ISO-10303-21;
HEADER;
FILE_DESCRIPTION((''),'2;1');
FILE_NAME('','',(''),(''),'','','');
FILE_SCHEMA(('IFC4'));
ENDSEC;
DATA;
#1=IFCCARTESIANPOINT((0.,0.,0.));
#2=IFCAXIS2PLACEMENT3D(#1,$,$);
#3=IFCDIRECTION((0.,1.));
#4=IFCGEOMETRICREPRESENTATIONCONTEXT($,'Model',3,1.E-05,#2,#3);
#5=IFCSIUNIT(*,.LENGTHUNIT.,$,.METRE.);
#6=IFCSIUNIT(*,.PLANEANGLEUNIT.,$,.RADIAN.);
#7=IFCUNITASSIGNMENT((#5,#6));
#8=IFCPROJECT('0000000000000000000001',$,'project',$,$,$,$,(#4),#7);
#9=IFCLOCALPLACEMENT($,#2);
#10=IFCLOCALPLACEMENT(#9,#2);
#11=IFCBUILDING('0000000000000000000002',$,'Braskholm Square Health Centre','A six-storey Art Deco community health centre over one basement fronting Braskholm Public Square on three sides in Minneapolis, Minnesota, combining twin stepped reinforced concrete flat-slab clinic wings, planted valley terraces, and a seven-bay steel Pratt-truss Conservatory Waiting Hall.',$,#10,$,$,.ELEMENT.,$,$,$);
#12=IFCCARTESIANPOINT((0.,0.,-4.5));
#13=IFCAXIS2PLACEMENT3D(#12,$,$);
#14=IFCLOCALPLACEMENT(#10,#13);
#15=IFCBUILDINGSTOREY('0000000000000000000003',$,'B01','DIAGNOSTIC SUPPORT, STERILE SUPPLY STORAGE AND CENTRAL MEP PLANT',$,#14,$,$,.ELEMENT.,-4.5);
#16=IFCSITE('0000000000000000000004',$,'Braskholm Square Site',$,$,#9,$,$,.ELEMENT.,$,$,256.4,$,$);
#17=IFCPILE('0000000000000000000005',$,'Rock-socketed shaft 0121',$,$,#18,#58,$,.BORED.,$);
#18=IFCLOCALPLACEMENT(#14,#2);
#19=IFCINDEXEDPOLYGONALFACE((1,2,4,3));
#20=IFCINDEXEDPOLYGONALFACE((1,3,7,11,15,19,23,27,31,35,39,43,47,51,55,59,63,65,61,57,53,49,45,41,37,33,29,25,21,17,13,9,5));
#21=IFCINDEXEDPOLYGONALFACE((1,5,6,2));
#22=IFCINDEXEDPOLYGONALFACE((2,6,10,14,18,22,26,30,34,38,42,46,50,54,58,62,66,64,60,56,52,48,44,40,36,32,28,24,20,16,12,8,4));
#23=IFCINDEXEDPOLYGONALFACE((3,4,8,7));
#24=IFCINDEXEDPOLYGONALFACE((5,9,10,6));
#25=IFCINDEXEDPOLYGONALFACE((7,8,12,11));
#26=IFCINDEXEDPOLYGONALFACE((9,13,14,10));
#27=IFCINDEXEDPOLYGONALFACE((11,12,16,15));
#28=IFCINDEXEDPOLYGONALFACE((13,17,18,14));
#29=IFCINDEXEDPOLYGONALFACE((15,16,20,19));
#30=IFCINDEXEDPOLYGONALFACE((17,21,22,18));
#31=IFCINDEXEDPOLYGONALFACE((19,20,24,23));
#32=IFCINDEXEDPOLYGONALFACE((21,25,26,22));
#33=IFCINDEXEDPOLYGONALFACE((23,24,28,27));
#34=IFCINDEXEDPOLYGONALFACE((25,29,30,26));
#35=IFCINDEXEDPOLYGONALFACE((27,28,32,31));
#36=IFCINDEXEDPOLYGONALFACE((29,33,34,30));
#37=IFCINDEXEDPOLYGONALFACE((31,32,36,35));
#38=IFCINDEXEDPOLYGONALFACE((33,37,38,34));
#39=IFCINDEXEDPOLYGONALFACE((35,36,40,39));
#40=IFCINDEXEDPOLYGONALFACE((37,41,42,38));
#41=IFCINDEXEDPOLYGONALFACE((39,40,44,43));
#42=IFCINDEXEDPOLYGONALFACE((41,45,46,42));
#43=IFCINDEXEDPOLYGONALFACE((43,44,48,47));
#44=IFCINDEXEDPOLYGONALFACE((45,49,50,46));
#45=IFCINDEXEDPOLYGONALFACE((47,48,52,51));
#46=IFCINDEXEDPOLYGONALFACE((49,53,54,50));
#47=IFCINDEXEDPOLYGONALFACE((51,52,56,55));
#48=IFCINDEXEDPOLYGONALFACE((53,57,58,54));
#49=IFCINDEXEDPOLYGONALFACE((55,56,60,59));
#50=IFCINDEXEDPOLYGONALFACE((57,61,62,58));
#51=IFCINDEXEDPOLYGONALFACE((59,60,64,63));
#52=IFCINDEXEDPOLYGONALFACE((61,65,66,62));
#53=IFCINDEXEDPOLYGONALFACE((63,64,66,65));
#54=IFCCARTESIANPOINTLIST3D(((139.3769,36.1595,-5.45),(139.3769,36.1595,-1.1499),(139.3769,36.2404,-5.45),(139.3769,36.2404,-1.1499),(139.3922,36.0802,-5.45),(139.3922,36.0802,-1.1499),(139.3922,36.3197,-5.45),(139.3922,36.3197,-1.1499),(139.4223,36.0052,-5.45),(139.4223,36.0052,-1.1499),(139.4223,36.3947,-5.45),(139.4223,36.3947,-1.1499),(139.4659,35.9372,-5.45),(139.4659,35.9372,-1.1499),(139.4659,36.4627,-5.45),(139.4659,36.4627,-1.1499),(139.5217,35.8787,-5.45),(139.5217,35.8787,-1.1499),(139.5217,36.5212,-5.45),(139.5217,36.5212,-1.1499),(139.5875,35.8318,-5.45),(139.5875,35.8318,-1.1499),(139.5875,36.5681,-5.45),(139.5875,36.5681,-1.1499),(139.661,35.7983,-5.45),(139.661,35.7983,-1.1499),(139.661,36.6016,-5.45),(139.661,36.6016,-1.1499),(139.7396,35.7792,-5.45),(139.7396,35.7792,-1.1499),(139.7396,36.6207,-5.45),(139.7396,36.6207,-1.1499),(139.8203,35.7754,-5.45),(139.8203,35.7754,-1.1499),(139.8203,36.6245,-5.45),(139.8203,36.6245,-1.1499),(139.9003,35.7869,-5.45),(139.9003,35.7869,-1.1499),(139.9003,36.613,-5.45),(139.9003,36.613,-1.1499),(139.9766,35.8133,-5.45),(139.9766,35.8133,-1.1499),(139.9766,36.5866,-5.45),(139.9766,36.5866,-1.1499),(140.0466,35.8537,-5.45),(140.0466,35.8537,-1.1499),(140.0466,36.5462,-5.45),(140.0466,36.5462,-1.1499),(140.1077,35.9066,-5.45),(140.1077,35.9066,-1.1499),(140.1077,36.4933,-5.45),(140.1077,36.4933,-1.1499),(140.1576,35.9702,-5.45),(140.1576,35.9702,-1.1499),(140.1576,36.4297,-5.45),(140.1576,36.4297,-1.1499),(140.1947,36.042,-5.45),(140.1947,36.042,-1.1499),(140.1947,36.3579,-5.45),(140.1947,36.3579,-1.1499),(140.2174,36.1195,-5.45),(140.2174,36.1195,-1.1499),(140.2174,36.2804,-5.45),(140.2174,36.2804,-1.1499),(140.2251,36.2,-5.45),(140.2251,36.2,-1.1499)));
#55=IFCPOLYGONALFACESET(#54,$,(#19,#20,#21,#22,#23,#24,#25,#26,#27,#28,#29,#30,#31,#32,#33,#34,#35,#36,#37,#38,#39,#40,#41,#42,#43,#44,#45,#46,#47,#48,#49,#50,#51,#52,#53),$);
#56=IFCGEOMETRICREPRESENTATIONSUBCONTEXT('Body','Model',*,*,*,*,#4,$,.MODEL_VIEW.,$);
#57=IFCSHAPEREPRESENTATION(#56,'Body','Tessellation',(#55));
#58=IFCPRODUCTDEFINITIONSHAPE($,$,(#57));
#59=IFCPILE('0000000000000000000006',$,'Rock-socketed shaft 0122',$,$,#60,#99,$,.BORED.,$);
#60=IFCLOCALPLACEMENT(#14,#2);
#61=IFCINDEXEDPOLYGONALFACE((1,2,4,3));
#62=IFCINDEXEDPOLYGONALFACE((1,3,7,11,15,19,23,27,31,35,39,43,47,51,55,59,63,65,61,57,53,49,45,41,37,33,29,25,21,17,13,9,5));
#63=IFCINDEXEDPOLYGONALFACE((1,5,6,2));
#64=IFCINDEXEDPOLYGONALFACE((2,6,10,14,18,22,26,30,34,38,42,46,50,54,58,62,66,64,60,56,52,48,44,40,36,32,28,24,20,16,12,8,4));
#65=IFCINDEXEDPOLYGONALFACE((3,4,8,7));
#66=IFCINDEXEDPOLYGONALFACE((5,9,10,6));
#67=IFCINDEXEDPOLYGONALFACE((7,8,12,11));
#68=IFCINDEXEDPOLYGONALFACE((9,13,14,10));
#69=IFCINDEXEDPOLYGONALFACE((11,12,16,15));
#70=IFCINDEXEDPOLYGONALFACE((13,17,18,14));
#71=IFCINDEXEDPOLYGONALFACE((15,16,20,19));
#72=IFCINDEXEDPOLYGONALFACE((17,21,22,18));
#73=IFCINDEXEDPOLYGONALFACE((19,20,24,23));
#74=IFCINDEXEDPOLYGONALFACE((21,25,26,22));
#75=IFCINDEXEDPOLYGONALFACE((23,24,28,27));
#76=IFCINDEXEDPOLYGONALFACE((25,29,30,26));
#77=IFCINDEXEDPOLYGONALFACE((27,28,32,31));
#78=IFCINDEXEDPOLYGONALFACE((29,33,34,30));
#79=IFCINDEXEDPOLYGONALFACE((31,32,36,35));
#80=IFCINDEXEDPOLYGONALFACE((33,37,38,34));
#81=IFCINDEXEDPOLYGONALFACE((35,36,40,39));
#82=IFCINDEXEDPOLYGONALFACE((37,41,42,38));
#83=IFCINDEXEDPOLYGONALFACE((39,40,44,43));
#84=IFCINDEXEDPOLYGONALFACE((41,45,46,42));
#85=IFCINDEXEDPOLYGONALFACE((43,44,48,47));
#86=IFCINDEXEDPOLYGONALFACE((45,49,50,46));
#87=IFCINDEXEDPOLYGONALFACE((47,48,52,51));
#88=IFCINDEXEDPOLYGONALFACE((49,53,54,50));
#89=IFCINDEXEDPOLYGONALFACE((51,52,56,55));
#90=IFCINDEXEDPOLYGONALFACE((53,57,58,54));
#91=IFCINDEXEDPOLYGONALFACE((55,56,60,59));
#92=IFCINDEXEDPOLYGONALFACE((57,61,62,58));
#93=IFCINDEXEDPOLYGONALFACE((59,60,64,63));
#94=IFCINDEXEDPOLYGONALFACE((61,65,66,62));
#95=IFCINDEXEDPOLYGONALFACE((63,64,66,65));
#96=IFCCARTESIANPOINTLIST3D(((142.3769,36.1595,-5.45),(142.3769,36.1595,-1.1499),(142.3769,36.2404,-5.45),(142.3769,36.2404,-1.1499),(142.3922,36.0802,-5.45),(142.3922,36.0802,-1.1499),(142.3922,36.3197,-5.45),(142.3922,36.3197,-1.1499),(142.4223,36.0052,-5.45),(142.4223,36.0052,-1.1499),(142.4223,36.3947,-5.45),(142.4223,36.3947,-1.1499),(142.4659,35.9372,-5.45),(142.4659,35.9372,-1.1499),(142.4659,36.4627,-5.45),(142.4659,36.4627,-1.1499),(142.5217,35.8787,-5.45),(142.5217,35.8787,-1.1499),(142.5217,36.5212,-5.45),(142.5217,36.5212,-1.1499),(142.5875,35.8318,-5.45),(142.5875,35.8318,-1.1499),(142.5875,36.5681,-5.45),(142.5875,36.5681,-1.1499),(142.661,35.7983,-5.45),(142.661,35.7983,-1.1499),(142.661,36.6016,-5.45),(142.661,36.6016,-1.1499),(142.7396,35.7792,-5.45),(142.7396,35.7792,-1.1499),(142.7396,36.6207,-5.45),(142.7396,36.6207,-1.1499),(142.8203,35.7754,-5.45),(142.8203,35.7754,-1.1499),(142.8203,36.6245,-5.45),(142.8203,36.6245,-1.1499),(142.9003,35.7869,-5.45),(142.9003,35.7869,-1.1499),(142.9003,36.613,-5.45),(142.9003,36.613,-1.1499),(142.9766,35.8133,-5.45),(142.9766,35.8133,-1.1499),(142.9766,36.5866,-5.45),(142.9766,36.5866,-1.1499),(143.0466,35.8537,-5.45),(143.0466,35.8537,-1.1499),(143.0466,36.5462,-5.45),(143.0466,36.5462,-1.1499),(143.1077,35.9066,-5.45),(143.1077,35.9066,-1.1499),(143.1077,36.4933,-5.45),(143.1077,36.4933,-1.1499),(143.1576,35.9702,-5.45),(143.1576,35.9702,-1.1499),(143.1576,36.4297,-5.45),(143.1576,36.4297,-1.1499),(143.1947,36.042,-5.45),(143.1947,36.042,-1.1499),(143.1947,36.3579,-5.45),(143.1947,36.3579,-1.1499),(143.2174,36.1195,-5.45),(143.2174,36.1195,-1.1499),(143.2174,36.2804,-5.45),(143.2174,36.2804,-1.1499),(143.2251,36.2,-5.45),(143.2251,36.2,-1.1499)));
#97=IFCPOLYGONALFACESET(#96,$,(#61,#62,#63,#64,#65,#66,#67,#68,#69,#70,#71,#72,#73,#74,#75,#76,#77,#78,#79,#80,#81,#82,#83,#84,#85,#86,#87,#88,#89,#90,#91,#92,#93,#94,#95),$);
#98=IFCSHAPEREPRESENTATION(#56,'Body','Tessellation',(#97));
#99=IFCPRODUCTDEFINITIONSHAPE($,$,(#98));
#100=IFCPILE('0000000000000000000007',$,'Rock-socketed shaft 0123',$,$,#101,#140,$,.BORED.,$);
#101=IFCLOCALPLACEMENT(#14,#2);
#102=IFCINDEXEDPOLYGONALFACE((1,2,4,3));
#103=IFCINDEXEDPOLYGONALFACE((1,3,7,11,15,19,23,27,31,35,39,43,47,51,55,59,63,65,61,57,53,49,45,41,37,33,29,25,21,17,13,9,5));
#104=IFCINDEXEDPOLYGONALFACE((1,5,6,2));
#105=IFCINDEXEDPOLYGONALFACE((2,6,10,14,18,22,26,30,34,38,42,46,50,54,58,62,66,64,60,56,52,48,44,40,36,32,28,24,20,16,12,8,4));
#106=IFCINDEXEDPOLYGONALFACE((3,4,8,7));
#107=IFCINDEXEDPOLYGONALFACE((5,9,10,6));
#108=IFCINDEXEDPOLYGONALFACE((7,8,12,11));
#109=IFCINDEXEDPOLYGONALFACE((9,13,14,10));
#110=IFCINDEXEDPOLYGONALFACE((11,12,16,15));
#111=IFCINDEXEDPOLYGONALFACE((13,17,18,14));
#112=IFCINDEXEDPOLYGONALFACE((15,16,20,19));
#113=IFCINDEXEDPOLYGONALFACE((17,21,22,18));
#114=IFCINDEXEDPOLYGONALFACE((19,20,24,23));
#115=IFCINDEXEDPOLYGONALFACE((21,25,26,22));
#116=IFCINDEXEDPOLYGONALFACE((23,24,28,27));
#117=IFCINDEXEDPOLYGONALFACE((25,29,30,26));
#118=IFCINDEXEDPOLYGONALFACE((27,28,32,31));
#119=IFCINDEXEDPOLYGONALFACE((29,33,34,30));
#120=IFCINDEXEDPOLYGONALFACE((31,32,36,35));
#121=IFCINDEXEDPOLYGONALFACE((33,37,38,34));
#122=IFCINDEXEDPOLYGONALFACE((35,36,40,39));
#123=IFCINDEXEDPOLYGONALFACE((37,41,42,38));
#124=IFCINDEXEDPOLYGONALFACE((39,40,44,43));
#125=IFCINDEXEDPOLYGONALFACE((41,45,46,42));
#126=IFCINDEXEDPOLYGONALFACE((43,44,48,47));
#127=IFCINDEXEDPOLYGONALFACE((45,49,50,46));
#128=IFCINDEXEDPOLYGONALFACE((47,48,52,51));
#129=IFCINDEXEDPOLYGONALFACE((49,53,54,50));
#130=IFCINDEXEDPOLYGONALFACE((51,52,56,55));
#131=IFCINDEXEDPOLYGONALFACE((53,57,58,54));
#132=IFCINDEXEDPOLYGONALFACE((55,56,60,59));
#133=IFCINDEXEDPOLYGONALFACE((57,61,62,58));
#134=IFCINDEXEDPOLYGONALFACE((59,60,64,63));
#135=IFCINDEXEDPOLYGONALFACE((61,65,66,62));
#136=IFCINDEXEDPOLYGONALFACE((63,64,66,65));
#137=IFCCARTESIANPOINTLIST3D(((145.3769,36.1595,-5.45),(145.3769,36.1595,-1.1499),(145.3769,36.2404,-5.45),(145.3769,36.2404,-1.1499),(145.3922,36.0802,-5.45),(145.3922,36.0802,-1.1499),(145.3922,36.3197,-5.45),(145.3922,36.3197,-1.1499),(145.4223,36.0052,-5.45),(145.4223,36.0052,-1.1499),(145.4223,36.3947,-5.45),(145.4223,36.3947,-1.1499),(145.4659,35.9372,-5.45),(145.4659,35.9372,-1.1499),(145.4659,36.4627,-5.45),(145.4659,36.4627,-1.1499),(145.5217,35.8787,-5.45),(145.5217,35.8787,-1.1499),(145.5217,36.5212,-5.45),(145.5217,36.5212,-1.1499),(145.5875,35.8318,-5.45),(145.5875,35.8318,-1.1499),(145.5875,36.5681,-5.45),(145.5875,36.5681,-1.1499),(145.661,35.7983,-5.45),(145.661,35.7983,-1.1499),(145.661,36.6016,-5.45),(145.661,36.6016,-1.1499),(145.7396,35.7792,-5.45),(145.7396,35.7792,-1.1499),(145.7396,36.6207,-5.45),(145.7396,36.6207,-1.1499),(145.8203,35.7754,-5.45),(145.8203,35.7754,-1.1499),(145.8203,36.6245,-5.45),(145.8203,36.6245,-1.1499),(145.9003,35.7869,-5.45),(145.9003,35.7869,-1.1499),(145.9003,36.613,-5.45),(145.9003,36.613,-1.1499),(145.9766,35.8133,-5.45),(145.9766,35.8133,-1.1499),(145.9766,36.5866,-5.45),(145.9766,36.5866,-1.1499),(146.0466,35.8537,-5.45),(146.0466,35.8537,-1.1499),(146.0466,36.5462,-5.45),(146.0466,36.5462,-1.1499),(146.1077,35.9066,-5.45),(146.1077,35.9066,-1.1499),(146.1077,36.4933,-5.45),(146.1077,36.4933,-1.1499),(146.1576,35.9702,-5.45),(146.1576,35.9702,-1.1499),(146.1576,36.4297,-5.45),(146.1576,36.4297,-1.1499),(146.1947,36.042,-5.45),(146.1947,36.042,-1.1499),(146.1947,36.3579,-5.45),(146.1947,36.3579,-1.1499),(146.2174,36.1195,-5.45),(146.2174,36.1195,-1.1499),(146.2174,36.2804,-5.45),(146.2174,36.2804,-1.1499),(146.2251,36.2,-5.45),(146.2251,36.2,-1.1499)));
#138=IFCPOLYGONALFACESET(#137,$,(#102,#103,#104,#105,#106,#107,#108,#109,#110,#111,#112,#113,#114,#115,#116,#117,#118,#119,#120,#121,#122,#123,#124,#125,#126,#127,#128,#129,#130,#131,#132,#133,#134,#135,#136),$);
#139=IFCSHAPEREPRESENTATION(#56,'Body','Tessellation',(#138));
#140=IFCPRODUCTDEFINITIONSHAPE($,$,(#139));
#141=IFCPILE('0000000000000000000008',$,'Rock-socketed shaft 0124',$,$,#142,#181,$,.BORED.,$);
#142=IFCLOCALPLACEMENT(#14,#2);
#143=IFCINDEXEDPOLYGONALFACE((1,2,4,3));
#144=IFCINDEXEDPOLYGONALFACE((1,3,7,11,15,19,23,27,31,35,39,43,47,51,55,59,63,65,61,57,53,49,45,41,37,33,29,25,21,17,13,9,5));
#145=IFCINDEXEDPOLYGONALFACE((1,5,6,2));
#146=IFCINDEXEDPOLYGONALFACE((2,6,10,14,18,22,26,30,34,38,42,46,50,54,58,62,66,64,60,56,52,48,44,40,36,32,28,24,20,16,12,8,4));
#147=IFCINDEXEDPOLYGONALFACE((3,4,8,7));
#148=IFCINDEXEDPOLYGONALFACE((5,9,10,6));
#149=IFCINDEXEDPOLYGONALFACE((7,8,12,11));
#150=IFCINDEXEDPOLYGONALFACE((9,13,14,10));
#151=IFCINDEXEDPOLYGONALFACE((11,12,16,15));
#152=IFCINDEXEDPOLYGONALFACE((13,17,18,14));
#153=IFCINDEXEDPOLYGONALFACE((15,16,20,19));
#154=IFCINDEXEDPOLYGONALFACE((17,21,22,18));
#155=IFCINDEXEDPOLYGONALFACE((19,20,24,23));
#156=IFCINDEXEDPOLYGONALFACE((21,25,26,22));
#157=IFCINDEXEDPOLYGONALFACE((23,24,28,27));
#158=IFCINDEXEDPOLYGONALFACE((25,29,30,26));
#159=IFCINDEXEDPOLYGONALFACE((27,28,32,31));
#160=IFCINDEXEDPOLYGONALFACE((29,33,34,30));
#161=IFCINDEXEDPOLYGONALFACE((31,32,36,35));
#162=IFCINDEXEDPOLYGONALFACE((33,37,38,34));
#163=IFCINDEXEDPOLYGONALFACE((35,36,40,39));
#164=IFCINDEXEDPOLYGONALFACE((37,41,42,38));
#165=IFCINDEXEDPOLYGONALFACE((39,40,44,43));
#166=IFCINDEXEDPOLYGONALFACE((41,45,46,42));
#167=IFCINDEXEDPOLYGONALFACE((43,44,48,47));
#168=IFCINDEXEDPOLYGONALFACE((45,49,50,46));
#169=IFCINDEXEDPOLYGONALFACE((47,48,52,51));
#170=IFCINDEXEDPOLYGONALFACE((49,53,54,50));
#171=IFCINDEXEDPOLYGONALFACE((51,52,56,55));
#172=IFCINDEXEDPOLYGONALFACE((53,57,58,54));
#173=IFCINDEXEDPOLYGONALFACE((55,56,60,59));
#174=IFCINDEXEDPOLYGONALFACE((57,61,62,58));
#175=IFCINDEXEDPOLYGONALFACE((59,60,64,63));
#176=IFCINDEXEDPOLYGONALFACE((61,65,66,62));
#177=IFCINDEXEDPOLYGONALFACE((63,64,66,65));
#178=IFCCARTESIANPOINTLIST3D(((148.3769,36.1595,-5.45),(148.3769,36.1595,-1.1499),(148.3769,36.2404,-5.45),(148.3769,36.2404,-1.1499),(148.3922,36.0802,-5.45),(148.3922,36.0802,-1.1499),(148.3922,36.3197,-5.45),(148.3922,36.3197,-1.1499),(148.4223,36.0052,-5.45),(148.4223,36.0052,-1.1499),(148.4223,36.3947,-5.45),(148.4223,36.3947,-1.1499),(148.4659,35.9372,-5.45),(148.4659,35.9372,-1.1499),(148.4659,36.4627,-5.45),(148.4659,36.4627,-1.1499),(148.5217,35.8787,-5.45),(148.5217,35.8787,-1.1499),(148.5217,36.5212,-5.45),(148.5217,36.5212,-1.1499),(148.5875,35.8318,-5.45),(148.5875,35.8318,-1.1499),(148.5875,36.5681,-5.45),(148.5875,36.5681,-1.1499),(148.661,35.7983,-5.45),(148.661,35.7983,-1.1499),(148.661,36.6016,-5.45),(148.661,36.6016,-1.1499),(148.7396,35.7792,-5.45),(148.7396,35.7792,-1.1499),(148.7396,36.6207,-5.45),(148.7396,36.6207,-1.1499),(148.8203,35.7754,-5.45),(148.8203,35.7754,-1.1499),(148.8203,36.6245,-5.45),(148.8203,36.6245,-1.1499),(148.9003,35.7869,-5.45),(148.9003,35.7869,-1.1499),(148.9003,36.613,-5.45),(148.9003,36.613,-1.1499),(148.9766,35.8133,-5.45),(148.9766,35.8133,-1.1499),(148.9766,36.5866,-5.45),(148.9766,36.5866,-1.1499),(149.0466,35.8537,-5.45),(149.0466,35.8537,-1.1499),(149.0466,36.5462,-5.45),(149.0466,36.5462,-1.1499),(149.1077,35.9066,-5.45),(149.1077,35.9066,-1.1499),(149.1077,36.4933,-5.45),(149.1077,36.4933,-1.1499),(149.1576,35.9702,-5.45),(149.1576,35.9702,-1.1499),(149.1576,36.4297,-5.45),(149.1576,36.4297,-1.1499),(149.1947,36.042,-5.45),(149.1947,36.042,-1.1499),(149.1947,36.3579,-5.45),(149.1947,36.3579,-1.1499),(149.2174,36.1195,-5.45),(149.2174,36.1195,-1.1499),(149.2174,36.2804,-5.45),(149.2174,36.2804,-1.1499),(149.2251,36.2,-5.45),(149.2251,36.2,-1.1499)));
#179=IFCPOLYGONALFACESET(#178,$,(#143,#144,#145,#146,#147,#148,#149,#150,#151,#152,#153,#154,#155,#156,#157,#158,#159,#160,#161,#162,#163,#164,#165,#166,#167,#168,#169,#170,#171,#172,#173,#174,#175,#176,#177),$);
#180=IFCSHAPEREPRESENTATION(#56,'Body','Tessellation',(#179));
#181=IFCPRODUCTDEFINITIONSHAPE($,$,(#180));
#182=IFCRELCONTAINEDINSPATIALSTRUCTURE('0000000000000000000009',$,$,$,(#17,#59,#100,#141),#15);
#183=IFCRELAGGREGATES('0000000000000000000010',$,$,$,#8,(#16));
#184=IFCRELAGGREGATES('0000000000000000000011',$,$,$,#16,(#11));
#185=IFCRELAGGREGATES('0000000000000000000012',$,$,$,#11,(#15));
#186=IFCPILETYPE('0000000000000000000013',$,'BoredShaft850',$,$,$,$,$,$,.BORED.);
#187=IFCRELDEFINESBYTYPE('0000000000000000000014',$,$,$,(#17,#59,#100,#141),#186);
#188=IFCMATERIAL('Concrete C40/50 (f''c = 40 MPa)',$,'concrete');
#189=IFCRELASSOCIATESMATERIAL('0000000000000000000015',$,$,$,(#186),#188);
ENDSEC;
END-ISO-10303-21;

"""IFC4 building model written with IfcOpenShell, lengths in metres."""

from ifc_helpers import new_model, si_unit, direction, frame, origin, origin_2d, place, context, subcontext, project, spatial, circle, extrude, material, material_profile, profile_set, type_object, element, save


model = new_model("IFC4")

# Units and contexts
model_context = context("Model", 3, precision=1e-05, world=origin(), true_north=direction((0.0, 1.0)))
body_context = subcontext(model_context, "Body", "Model", "MODEL_VIEW")
ifc_project = project(units=[si_unit("LENGTHUNIT", "METRE"), si_unit("PLANEANGLEUNIT", "RADIAN")], contexts=[model_context])

# Site, building, storey
site_placement = place(None, origin())
site = spatial("IfcSite", under=ifc_project, at=site_placement, Name="Braskholm Square Site", CompositionType="ELEMENT", RefElevation=256.4)
building_placement = place(site_placement, origin())
building = spatial("IfcBuilding", under=site, at=building_placement, Name="Braskholm Square Health Centre", Description="A six-storey Art Deco community health centre over one basement fronting Braskholm Public Square on three sides in Minneapolis, Minnesota, combining twin stepped reinforced concrete flat-slab clinic wings, planted valley terraces, and a seven-bay steel Pratt-truss Conservatory Waiting Hall.", CompositionType="ELEMENT")
storey_placement = place(building_placement, frame((0.0, 0.0, -4.5)))
storey = spatial("IfcBuildingStorey", under=building, at=storey_placement, Name="B01", Description="DIAGNOSTIC SUPPORT, STERILE SUPPLY STORAGE AND CENTRAL MEP PLANT", CompositionType="ELEMENT", Elevation=-4.5)

# Piles
ifc_material_1 = material(Name="Concrete C40/50 (f'c = 40 MPa)", Category="concrete")
ifc_material_profile_1 = material_profile(ifc_material_1, circle(Radius=0.425, at=origin_2d()), Name="BORED-PILE-850")
ifc_profile_set_1 = profile_set([ifc_material_profile_1], Name="Concrete C40/50 (f'c = 40 MPa)")
pile_type = type_object("IfcPileType", Name="BoredShaft850", PredefinedType="BORED", material=ifc_profile_set_1)
for number, where, z_axis, x_axis, name in (
    (1, (139.8, 36.2, -1.1499), (0.0, 0.0, -1.0), (1.0, 0.0, 0.0), "Rock-socketed shaft 0121"),
    (2, (142.8, 36.2, -1.1499), (0.0, 0.0, -1.0), (1.0, 0.0, 0.0), "Rock-socketed shaft 0122"),
    (3, (145.8, 36.2, -1.1499), (0.0, 0.0, -1.0), (1.0, 0.0, 0.0), "Rock-socketed shaft 0123"),
    (4, (148.8, 36.2, -1.1499), (0.0, 0.0, -1.0), (1.0, 0.0, 0.0), "Rock-socketed shaft 0124"),
):
    element("IfcPile", number, at=place(storey_placement, frame(where, z_axis=z_axis, x_axis=x_axis)), inside=storey, type_object=pile_type, Name=name, PredefinedType="BORED", context=body_context, shape_type="SweptSolid", body=[
        extrude(circle(Radius=0.425, at=origin_2d()), origin(), (0.0, 0.0, 1.0), 4.3),
    ])

save(model, "model.ifc")
